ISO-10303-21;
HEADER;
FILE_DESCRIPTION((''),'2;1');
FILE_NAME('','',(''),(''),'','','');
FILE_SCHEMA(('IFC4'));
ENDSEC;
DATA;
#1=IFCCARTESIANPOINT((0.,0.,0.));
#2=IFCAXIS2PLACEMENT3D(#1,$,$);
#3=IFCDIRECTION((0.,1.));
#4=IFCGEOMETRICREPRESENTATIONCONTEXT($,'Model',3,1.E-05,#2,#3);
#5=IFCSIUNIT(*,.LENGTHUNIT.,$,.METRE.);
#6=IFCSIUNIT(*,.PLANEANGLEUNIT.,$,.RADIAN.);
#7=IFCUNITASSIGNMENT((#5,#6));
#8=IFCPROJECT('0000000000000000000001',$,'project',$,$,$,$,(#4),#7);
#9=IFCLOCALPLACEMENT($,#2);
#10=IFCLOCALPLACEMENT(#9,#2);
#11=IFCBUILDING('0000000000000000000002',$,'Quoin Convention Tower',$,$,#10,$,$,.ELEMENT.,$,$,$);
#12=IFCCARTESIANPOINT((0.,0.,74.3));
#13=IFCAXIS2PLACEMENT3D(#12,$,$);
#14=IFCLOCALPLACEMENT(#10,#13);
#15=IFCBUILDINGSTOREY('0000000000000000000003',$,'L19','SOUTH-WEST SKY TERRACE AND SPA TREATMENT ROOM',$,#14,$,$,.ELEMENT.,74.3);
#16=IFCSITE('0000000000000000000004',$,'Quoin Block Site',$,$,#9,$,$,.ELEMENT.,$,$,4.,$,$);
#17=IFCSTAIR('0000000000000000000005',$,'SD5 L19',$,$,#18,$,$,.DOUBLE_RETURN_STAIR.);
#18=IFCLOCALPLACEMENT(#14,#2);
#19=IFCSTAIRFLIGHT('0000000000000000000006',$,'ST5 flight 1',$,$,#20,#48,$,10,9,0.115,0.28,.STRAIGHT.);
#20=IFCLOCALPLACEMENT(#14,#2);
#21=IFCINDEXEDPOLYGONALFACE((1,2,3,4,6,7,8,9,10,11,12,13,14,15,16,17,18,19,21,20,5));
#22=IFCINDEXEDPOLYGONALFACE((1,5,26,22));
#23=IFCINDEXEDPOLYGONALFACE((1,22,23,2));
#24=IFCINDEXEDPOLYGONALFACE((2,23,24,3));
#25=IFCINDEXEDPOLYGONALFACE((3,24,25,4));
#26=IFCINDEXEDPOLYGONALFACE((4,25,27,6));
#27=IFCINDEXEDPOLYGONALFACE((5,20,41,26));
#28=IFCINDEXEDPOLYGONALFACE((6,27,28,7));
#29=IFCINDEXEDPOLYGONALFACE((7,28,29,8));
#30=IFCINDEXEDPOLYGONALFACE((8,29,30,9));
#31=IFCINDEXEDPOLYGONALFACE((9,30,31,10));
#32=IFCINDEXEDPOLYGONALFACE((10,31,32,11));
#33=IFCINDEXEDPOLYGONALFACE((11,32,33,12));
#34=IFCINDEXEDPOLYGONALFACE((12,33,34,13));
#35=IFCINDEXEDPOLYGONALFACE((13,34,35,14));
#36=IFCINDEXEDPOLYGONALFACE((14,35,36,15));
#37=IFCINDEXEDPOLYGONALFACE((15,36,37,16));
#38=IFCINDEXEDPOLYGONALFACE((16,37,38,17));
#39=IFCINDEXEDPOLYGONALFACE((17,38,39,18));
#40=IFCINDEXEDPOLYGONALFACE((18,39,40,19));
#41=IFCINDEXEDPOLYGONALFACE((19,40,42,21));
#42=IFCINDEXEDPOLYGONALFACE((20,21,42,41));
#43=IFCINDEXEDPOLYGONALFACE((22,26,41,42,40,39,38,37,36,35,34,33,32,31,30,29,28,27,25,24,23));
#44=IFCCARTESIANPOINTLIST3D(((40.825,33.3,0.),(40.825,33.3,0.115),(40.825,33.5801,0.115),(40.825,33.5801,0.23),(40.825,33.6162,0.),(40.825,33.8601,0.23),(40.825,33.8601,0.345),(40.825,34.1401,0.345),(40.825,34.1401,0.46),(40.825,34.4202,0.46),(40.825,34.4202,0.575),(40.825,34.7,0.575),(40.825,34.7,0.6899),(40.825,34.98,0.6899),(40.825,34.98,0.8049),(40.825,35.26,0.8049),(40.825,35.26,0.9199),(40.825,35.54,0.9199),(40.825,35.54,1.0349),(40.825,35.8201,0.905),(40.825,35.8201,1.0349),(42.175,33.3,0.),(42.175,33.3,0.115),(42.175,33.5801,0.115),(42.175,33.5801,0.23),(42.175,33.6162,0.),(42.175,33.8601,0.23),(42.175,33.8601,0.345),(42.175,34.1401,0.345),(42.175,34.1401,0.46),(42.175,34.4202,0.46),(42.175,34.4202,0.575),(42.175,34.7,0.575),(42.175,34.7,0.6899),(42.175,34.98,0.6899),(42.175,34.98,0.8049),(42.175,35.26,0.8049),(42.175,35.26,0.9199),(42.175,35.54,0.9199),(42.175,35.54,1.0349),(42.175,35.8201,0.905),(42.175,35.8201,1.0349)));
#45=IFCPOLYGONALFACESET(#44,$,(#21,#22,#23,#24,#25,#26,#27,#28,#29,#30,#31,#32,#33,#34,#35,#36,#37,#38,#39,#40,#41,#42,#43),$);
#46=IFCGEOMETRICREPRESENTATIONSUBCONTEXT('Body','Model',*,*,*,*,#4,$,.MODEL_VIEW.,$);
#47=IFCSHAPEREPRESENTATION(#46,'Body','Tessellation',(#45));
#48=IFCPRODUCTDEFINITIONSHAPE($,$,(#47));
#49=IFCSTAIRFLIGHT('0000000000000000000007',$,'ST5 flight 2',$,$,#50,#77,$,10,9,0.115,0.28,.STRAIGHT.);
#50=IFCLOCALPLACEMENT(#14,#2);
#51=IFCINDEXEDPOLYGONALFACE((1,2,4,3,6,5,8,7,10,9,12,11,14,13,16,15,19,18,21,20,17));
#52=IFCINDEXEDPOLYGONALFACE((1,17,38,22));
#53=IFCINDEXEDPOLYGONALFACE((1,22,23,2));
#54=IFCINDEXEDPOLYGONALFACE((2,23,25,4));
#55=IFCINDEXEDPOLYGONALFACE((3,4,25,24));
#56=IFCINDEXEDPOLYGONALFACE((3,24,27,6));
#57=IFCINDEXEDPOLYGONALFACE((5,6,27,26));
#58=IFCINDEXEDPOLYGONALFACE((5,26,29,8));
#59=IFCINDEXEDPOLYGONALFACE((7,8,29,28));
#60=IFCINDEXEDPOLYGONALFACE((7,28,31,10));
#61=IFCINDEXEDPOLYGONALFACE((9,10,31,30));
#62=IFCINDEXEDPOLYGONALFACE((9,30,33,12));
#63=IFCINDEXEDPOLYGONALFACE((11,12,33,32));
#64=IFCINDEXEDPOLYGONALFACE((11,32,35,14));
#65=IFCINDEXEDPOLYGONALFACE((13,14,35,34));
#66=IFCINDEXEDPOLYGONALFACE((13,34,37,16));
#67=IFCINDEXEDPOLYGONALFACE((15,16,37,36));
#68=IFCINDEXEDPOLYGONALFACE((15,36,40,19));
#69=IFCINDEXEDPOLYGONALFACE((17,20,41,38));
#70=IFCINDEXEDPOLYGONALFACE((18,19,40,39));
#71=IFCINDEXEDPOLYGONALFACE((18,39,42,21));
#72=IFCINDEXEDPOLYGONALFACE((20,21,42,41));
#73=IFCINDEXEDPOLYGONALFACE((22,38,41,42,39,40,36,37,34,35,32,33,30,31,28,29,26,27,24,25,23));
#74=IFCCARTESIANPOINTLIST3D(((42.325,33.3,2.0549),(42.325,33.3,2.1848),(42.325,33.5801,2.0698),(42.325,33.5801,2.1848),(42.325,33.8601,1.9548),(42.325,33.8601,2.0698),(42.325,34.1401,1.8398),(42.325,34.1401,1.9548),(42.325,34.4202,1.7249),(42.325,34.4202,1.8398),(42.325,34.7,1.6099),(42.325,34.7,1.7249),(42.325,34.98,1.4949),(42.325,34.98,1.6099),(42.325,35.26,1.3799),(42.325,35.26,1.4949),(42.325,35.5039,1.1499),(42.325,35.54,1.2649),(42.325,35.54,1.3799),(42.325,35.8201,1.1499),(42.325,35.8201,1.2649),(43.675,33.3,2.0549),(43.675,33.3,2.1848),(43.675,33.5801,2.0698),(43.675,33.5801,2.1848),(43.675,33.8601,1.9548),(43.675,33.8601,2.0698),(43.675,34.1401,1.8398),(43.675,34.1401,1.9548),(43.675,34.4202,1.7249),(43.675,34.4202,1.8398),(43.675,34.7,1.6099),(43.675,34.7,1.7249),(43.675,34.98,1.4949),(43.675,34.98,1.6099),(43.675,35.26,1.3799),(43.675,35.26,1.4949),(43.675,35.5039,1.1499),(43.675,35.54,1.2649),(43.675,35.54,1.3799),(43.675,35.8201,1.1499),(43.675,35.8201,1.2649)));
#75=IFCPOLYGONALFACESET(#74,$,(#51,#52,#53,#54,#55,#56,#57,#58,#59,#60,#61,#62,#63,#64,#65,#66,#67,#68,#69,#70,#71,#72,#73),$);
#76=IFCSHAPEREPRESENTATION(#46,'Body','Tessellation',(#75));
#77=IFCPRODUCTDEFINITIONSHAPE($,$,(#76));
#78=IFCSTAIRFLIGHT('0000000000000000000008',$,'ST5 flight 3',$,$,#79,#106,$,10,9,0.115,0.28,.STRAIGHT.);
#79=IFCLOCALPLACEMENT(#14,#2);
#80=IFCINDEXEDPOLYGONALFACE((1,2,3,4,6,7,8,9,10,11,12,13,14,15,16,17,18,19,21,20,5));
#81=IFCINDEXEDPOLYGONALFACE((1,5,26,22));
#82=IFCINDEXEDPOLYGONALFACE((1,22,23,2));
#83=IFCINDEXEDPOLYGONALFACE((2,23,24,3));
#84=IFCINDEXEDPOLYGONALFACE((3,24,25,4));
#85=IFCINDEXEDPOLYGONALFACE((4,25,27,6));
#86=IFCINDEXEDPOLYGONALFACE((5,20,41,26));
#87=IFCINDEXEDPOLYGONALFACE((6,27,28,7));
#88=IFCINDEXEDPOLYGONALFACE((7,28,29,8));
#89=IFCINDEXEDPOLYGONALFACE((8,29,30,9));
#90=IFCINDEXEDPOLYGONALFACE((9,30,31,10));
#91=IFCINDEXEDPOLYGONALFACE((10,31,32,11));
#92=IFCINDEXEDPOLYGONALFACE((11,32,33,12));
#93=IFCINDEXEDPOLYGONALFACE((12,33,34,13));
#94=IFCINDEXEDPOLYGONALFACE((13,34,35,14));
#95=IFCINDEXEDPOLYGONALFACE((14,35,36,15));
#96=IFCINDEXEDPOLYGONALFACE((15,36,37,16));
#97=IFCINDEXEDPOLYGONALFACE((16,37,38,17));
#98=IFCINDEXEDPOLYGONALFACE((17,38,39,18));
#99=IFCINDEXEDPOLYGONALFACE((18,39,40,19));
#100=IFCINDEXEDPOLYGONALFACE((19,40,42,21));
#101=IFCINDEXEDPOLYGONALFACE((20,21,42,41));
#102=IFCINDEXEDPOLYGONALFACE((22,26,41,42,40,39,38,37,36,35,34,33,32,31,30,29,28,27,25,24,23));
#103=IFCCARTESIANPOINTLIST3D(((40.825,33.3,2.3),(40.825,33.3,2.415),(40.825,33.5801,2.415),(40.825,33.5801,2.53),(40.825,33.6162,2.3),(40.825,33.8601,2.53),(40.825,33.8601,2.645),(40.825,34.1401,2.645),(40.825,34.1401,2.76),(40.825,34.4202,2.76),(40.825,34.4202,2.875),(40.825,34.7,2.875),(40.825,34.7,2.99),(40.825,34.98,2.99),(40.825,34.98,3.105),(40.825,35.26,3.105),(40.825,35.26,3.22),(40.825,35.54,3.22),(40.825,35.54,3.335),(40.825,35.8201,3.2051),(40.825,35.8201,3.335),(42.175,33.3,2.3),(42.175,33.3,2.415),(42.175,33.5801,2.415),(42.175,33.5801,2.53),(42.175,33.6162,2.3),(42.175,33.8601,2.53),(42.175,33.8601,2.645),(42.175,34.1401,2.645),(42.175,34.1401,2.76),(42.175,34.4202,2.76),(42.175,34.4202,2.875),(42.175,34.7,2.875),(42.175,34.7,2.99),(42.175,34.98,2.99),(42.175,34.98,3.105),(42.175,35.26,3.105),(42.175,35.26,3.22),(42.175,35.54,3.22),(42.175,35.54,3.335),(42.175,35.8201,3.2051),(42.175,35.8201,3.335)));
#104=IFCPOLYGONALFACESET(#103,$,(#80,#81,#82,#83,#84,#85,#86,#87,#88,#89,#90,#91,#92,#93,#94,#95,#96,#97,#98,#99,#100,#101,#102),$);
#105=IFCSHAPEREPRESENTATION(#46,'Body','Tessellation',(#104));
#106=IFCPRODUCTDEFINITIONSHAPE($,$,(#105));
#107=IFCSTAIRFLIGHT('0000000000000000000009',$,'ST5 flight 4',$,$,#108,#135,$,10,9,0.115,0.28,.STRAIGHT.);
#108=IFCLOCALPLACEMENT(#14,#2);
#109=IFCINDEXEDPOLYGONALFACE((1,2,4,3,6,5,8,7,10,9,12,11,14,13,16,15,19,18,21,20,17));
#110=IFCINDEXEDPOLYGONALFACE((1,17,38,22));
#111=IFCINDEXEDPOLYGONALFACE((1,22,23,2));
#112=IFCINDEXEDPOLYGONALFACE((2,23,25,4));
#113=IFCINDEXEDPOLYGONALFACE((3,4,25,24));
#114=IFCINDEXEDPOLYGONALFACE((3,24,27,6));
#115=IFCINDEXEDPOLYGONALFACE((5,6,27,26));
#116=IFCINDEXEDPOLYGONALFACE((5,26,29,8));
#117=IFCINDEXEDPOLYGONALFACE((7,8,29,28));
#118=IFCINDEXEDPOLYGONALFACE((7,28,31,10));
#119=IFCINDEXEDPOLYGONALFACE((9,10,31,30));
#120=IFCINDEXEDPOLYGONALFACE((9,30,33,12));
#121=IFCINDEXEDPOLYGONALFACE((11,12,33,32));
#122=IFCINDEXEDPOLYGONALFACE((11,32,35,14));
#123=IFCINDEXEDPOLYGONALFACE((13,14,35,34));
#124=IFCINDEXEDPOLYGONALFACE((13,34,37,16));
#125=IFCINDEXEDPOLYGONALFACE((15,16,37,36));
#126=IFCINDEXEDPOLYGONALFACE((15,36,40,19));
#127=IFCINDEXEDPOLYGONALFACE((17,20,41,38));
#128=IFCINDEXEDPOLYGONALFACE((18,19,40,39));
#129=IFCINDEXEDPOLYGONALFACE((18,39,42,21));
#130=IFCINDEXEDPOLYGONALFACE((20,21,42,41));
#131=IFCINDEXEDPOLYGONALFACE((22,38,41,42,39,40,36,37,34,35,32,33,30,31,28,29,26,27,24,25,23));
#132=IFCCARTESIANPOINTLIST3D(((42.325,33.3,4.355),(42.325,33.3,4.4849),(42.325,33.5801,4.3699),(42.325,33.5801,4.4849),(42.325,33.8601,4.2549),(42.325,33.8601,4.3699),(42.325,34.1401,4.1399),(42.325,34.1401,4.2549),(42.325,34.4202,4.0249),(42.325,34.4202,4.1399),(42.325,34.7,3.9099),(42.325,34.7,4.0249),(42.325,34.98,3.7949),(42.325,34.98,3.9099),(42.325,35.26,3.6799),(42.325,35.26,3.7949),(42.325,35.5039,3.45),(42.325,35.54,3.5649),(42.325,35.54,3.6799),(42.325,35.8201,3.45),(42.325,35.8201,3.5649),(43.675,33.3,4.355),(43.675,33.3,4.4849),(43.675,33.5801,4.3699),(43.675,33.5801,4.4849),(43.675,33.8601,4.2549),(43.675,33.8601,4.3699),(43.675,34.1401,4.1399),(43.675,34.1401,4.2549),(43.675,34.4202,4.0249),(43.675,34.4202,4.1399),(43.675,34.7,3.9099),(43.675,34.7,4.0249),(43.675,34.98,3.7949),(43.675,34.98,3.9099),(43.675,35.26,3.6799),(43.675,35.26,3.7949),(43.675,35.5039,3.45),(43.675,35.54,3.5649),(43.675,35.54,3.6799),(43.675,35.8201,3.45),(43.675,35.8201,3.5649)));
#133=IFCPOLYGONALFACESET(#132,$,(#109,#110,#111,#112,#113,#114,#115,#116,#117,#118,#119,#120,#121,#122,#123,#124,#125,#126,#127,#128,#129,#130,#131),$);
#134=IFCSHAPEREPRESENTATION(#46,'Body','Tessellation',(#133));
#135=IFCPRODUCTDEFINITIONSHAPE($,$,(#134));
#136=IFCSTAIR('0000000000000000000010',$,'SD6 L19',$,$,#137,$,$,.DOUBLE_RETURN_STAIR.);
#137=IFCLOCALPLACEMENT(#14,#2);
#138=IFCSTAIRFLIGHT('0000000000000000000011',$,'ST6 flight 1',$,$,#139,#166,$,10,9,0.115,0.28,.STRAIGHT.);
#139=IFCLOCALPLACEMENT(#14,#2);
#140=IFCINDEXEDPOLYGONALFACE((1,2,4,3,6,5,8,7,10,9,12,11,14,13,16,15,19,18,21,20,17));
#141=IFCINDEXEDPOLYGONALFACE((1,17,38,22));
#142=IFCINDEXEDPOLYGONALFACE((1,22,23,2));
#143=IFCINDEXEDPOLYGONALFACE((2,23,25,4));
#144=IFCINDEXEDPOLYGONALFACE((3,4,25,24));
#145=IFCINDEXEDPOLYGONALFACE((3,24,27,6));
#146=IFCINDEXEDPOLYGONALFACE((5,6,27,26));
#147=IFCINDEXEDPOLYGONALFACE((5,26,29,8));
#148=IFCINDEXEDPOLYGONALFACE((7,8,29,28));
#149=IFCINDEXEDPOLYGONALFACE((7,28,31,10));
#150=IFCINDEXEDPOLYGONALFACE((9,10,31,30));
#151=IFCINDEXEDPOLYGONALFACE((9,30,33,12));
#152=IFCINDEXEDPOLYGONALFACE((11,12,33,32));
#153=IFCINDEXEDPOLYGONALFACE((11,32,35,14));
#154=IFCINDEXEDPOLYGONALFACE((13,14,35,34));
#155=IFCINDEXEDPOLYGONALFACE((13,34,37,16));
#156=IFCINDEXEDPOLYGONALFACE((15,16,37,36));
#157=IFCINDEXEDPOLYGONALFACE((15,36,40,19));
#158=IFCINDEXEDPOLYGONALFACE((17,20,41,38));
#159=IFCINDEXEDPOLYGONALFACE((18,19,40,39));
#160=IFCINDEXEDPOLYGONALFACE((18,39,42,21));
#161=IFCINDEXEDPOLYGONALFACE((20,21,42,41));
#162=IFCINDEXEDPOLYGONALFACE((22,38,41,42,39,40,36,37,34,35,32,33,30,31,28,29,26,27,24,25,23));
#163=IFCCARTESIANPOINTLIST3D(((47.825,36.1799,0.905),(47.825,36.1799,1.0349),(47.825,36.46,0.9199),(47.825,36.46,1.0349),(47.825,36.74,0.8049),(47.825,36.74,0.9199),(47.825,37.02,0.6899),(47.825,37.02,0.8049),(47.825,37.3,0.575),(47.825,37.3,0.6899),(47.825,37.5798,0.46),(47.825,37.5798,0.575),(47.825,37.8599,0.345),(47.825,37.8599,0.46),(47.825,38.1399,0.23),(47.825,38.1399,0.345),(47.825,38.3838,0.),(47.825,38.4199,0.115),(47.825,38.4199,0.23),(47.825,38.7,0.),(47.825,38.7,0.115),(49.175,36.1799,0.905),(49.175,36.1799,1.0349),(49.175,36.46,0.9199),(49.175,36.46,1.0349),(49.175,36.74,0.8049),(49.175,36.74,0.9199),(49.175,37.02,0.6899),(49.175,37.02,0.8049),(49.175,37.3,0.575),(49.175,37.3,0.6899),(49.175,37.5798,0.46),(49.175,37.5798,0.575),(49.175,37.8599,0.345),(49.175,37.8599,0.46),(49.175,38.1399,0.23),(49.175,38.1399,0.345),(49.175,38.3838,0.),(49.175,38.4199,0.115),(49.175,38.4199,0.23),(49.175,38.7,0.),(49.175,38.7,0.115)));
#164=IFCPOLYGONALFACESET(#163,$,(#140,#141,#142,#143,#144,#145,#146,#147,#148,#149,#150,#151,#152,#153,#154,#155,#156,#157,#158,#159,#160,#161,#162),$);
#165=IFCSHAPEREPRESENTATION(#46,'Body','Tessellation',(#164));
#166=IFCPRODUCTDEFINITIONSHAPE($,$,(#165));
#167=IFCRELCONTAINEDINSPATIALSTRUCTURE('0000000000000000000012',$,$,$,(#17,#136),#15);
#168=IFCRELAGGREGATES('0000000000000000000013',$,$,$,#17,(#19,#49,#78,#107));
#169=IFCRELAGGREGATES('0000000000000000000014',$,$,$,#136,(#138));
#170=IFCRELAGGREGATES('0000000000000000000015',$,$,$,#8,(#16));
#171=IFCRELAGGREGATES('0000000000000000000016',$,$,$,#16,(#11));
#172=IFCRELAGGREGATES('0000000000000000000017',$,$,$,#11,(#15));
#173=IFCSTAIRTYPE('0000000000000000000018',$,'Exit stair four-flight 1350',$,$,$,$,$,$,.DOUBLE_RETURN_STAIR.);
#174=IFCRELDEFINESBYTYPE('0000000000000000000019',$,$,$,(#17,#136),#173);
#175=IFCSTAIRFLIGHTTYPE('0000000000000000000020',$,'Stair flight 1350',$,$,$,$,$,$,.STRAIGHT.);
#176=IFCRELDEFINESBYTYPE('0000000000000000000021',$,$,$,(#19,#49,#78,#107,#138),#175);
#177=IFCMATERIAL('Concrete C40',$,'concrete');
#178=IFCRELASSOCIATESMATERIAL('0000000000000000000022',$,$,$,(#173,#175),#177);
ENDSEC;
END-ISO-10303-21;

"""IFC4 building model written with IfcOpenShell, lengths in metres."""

from ifc_helpers import new_model, si_unit, direction, frame, origin, place, context, subcontext, project, spatial, polyline, outline, extrude, material, type_object, element, aggregate, save


model = new_model("IFC4")

# Units and contexts
model_context = context("Model", 3, precision=1e-05, world=origin(), true_north=direction((0.0, 1.0)))
body_context = subcontext(model_context, "Body", "Model", "MODEL_VIEW")
ifc_project = project(units=[si_unit("LENGTHUNIT", "METRE"), si_unit("PLANEANGLEUNIT", "RADIAN")], contexts=[model_context])

# Site, building, storey
site_placement = place(None, origin())
site = spatial("IfcSite", under=ifc_project, at=site_placement, Name="Quoin Block Site", CompositionType="ELEMENT", RefElevation=4.0)
building_placement = place(site_placement, origin())
building = spatial("IfcBuilding", under=site, at=building_placement, Name="Quoin Convention Tower", CompositionType="ELEMENT")
storey_placement = place(building_placement, frame((0.0, 0.0, 74.3)))
storey = spatial("IfcBuildingStorey", under=building, at=storey_placement, Name="L19", Description="SOUTH-WEST SKY TERRACE AND SPA TREATMENT ROOM", CompositionType="ELEMENT", Elevation=74.3)

# Stairs, stair flights
ifc_material_1 = material(Name="Concrete C40", Category="concrete")
stair_type = type_object("IfcStairType", Name="Exit stair four-flight 1350", PredefinedType="DOUBLE_RETURN_STAIR", material=ifc_material_1)
stair_1_placement = place(storey_placement, origin())
stair_1 = element("IfcStair", 1, at=stair_1_placement, inside=storey, type_object=stair_type, Name="SD5 L19", PredefinedType="DOUBLE_RETURN_STAIR")
stair_flight_type = type_object("IfcStairFlightType", Name="Stair flight 1350", PredefinedType="STRAIGHT", material=ifc_material_1)
stair_flight_1_placement = place(storey_placement, frame((41.5, 33.3, 0.0), z_axis=(0.0, 0.0, 1.0), x_axis=(0.0, 1.0, 0.0)))
stair_flight_1 = element("IfcStairFlight", 2, at=stair_flight_1_placement, type_object=stair_flight_type, Name="ST5 flight 1", NumberOfRisers=10, NumberOfTreads=9, PredefinedType="STRAIGHT", RiserHeight=0.115, TreadLength=0.28, context=body_context, shape_type="SweptSolid", body=[
    extrude(outline(polyline([(0.0, 0.0), (0.0, 0.115), (0.28, 0.115), (0.28, 0.23), (0.5601, 0.23), (0.5601, 0.345), (0.8401, 0.345), (0.8401, 0.46), (1.1201, 0.46), (1.1201, 0.575), (1.3999, 0.575), (1.3999, 0.6899), (1.6799, 0.6899), (1.6799, 0.8049), (1.96, 0.8049), (1.96, 0.9199), (2.24, 0.9199), (2.24, 1.0349), (2.52, 1.0349), (2.52, 1.1499), (2.52, 0.905), (0.3162, 0.0), (0.0, 0.0)])), frame((0.0, 0.675, 0.0), z_axis=(0.0, -1.0, 0.0), x_axis=(1.0, 0.0, 0.0)), (0.0, 0.0, 1.0), 1.3501),
])
stair_flight_2_placement = place(storey_placement, frame((43.0, 35.8201, 1.1499), z_axis=(0.0, 0.0, 1.0), x_axis=(0.0, -1.0, 0.0)))
stair_flight_2 = element("IfcStairFlight", 3, at=stair_flight_2_placement, type_object=stair_flight_type, Name="ST5 flight 2", NumberOfRisers=10, NumberOfTreads=9, PredefinedType="STRAIGHT", RiserHeight=0.115, TreadLength=0.28, context=body_context, shape_type="SweptSolid", body=[
    extrude(outline(polyline([(0.0, 0.0), (0.0, 0.115), (0.28, 0.115), (0.28, 0.23), (0.5601, 0.23), (0.5601, 0.345), (0.8401, 0.345), (0.8401, 0.46), (1.1201, 0.46), (1.1201, 0.575), (1.3999, 0.575), (1.3999, 0.6899), (1.6799, 0.6899), (1.6799, 0.8049), (1.96, 0.8049), (1.96, 0.9199), (2.24, 0.9199), (2.24, 1.0349), (2.52, 1.0349), (2.52, 1.1499), (2.52, 0.905), (0.3162, 0.0), (0.0, 0.0)])), frame((0.0, 0.675, 0.0), z_axis=(0.0, -1.0, 0.0), x_axis=(1.0, 0.0, 0.0)), (0.0, 0.0, 1.0), 1.3501),
])
stair_flight_3_placement = place(storey_placement, frame((41.5, 33.3, 2.3), z_axis=(0.0, 0.0, 1.0), x_axis=(0.0, 1.0, 0.0)))
stair_flight_3 = element("IfcStairFlight", 4, at=stair_flight_3_placement, type_object=stair_flight_type, Name="ST5 flight 3", NumberOfRisers=10, NumberOfTreads=9, PredefinedType="STRAIGHT", RiserHeight=0.115, TreadLength=0.28, context=body_context, shape_type="SweptSolid", body=[
    extrude(outline(polyline([(0.0, 0.0), (0.0, 0.115), (0.28, 0.115), (0.28, 0.23), (0.5601, 0.23), (0.5601, 0.345), (0.8401, 0.345), (0.8401, 0.46), (1.1201, 0.46), (1.1201, 0.575), (1.3999, 0.575), (1.3999, 0.6899), (1.6799, 0.6899), (1.6799, 0.8049), (1.96, 0.8049), (1.96, 0.9199), (2.24, 0.9199), (2.24, 1.0349), (2.52, 1.0349), (2.52, 1.1499), (2.52, 0.905), (0.3162, 0.0), (0.0, 0.0)])), frame((0.0, 0.675, 0.0), z_axis=(0.0, -1.0, 0.0), x_axis=(1.0, 0.0, 0.0)), (0.0, 0.0, 1.0), 1.3501),
])
stair_flight_4_placement = place(storey_placement, frame((43.0, 35.8201, 3.45), z_axis=(0.0, 0.0, 1.0), x_axis=(0.0, -1.0, 0.0)))
stair_flight_4 = element("IfcStairFlight", 5, at=stair_flight_4_placement, type_object=stair_flight_type, Name="ST5 flight 4", NumberOfRisers=10, NumberOfTreads=9, PredefinedType="STRAIGHT", RiserHeight=0.115, TreadLength=0.28, context=body_context, shape_type="SweptSolid", body=[
    extrude(outline(polyline([(0.0, 0.0), (0.0, 0.115), (0.28, 0.115), (0.28, 0.23), (0.5601, 0.23), (0.5601, 0.345), (0.8401, 0.345), (0.8401, 0.46), (1.1201, 0.46), (1.1201, 0.575), (1.3999, 0.575), (1.3999, 0.6899), (1.6799, 0.6899), (1.6799, 0.8049), (1.96, 0.8049), (1.96, 0.9199), (2.24, 0.9199), (2.24, 1.0349), (2.52, 1.0349), (2.52, 1.1499), (2.52, 0.905), (0.3162, 0.0), (0.0, 0.0)])), frame((0.0, 0.675, 0.0), z_axis=(0.0, -1.0, 0.0), x_axis=(1.0, 0.0, 0.0)), (0.0, 0.0, 1.0), 1.3501),
])
aggregate(stair_1, [stair_flight_1, stair_flight_2, stair_flight_3, stair_flight_4])
stair_2_placement = place(storey_placement, origin())
stair_2 = element("IfcStair", 6, at=stair_2_placement, inside=storey, type_object=stair_type, Name="SD6 L19", PredefinedType="DOUBLE_RETURN_STAIR")
stair_flight_5_placement = place(storey_placement, frame((48.5, 38.7, 0.0), z_axis=(0.0, 0.0, 1.0), x_axis=(0.0, -1.0, 0.0)))
stair_flight_5 = element("IfcStairFlight", 7, at=stair_flight_5_placement, type_object=stair_flight_type, Name="ST6 flight 1", NumberOfRisers=10, NumberOfTreads=9, PredefinedType="STRAIGHT", RiserHeight=0.115, TreadLength=0.28, context=body_context, shape_type="SweptSolid", body=[
    extrude(outline(polyline([(0.0, 0.0), (0.0, 0.115), (0.28, 0.115), (0.28, 0.23), (0.5601, 0.23), (0.5601, 0.345), (0.8401, 0.345), (0.8401, 0.46), (1.1201, 0.46), (1.1201, 0.575), (1.3999, 0.575), (1.3999, 0.6899), (1.6799, 0.6899), (1.6799, 0.8049), (1.96, 0.8049), (1.96, 0.9199), (2.24, 0.9199), (2.24, 1.0349), (2.52, 1.0349), (2.52, 1.1499), (2.52, 0.905), (0.3162, 0.0), (0.0, 0.0)])), frame((0.0, 0.675, 0.0), z_axis=(0.0, -1.0, 0.0), x_axis=(1.0, 0.0, 0.0)), (0.0, 0.0, 1.0), 1.3501),
])
aggregate(stair_2, [stair_flight_5])

save(model, "model.ifc")
